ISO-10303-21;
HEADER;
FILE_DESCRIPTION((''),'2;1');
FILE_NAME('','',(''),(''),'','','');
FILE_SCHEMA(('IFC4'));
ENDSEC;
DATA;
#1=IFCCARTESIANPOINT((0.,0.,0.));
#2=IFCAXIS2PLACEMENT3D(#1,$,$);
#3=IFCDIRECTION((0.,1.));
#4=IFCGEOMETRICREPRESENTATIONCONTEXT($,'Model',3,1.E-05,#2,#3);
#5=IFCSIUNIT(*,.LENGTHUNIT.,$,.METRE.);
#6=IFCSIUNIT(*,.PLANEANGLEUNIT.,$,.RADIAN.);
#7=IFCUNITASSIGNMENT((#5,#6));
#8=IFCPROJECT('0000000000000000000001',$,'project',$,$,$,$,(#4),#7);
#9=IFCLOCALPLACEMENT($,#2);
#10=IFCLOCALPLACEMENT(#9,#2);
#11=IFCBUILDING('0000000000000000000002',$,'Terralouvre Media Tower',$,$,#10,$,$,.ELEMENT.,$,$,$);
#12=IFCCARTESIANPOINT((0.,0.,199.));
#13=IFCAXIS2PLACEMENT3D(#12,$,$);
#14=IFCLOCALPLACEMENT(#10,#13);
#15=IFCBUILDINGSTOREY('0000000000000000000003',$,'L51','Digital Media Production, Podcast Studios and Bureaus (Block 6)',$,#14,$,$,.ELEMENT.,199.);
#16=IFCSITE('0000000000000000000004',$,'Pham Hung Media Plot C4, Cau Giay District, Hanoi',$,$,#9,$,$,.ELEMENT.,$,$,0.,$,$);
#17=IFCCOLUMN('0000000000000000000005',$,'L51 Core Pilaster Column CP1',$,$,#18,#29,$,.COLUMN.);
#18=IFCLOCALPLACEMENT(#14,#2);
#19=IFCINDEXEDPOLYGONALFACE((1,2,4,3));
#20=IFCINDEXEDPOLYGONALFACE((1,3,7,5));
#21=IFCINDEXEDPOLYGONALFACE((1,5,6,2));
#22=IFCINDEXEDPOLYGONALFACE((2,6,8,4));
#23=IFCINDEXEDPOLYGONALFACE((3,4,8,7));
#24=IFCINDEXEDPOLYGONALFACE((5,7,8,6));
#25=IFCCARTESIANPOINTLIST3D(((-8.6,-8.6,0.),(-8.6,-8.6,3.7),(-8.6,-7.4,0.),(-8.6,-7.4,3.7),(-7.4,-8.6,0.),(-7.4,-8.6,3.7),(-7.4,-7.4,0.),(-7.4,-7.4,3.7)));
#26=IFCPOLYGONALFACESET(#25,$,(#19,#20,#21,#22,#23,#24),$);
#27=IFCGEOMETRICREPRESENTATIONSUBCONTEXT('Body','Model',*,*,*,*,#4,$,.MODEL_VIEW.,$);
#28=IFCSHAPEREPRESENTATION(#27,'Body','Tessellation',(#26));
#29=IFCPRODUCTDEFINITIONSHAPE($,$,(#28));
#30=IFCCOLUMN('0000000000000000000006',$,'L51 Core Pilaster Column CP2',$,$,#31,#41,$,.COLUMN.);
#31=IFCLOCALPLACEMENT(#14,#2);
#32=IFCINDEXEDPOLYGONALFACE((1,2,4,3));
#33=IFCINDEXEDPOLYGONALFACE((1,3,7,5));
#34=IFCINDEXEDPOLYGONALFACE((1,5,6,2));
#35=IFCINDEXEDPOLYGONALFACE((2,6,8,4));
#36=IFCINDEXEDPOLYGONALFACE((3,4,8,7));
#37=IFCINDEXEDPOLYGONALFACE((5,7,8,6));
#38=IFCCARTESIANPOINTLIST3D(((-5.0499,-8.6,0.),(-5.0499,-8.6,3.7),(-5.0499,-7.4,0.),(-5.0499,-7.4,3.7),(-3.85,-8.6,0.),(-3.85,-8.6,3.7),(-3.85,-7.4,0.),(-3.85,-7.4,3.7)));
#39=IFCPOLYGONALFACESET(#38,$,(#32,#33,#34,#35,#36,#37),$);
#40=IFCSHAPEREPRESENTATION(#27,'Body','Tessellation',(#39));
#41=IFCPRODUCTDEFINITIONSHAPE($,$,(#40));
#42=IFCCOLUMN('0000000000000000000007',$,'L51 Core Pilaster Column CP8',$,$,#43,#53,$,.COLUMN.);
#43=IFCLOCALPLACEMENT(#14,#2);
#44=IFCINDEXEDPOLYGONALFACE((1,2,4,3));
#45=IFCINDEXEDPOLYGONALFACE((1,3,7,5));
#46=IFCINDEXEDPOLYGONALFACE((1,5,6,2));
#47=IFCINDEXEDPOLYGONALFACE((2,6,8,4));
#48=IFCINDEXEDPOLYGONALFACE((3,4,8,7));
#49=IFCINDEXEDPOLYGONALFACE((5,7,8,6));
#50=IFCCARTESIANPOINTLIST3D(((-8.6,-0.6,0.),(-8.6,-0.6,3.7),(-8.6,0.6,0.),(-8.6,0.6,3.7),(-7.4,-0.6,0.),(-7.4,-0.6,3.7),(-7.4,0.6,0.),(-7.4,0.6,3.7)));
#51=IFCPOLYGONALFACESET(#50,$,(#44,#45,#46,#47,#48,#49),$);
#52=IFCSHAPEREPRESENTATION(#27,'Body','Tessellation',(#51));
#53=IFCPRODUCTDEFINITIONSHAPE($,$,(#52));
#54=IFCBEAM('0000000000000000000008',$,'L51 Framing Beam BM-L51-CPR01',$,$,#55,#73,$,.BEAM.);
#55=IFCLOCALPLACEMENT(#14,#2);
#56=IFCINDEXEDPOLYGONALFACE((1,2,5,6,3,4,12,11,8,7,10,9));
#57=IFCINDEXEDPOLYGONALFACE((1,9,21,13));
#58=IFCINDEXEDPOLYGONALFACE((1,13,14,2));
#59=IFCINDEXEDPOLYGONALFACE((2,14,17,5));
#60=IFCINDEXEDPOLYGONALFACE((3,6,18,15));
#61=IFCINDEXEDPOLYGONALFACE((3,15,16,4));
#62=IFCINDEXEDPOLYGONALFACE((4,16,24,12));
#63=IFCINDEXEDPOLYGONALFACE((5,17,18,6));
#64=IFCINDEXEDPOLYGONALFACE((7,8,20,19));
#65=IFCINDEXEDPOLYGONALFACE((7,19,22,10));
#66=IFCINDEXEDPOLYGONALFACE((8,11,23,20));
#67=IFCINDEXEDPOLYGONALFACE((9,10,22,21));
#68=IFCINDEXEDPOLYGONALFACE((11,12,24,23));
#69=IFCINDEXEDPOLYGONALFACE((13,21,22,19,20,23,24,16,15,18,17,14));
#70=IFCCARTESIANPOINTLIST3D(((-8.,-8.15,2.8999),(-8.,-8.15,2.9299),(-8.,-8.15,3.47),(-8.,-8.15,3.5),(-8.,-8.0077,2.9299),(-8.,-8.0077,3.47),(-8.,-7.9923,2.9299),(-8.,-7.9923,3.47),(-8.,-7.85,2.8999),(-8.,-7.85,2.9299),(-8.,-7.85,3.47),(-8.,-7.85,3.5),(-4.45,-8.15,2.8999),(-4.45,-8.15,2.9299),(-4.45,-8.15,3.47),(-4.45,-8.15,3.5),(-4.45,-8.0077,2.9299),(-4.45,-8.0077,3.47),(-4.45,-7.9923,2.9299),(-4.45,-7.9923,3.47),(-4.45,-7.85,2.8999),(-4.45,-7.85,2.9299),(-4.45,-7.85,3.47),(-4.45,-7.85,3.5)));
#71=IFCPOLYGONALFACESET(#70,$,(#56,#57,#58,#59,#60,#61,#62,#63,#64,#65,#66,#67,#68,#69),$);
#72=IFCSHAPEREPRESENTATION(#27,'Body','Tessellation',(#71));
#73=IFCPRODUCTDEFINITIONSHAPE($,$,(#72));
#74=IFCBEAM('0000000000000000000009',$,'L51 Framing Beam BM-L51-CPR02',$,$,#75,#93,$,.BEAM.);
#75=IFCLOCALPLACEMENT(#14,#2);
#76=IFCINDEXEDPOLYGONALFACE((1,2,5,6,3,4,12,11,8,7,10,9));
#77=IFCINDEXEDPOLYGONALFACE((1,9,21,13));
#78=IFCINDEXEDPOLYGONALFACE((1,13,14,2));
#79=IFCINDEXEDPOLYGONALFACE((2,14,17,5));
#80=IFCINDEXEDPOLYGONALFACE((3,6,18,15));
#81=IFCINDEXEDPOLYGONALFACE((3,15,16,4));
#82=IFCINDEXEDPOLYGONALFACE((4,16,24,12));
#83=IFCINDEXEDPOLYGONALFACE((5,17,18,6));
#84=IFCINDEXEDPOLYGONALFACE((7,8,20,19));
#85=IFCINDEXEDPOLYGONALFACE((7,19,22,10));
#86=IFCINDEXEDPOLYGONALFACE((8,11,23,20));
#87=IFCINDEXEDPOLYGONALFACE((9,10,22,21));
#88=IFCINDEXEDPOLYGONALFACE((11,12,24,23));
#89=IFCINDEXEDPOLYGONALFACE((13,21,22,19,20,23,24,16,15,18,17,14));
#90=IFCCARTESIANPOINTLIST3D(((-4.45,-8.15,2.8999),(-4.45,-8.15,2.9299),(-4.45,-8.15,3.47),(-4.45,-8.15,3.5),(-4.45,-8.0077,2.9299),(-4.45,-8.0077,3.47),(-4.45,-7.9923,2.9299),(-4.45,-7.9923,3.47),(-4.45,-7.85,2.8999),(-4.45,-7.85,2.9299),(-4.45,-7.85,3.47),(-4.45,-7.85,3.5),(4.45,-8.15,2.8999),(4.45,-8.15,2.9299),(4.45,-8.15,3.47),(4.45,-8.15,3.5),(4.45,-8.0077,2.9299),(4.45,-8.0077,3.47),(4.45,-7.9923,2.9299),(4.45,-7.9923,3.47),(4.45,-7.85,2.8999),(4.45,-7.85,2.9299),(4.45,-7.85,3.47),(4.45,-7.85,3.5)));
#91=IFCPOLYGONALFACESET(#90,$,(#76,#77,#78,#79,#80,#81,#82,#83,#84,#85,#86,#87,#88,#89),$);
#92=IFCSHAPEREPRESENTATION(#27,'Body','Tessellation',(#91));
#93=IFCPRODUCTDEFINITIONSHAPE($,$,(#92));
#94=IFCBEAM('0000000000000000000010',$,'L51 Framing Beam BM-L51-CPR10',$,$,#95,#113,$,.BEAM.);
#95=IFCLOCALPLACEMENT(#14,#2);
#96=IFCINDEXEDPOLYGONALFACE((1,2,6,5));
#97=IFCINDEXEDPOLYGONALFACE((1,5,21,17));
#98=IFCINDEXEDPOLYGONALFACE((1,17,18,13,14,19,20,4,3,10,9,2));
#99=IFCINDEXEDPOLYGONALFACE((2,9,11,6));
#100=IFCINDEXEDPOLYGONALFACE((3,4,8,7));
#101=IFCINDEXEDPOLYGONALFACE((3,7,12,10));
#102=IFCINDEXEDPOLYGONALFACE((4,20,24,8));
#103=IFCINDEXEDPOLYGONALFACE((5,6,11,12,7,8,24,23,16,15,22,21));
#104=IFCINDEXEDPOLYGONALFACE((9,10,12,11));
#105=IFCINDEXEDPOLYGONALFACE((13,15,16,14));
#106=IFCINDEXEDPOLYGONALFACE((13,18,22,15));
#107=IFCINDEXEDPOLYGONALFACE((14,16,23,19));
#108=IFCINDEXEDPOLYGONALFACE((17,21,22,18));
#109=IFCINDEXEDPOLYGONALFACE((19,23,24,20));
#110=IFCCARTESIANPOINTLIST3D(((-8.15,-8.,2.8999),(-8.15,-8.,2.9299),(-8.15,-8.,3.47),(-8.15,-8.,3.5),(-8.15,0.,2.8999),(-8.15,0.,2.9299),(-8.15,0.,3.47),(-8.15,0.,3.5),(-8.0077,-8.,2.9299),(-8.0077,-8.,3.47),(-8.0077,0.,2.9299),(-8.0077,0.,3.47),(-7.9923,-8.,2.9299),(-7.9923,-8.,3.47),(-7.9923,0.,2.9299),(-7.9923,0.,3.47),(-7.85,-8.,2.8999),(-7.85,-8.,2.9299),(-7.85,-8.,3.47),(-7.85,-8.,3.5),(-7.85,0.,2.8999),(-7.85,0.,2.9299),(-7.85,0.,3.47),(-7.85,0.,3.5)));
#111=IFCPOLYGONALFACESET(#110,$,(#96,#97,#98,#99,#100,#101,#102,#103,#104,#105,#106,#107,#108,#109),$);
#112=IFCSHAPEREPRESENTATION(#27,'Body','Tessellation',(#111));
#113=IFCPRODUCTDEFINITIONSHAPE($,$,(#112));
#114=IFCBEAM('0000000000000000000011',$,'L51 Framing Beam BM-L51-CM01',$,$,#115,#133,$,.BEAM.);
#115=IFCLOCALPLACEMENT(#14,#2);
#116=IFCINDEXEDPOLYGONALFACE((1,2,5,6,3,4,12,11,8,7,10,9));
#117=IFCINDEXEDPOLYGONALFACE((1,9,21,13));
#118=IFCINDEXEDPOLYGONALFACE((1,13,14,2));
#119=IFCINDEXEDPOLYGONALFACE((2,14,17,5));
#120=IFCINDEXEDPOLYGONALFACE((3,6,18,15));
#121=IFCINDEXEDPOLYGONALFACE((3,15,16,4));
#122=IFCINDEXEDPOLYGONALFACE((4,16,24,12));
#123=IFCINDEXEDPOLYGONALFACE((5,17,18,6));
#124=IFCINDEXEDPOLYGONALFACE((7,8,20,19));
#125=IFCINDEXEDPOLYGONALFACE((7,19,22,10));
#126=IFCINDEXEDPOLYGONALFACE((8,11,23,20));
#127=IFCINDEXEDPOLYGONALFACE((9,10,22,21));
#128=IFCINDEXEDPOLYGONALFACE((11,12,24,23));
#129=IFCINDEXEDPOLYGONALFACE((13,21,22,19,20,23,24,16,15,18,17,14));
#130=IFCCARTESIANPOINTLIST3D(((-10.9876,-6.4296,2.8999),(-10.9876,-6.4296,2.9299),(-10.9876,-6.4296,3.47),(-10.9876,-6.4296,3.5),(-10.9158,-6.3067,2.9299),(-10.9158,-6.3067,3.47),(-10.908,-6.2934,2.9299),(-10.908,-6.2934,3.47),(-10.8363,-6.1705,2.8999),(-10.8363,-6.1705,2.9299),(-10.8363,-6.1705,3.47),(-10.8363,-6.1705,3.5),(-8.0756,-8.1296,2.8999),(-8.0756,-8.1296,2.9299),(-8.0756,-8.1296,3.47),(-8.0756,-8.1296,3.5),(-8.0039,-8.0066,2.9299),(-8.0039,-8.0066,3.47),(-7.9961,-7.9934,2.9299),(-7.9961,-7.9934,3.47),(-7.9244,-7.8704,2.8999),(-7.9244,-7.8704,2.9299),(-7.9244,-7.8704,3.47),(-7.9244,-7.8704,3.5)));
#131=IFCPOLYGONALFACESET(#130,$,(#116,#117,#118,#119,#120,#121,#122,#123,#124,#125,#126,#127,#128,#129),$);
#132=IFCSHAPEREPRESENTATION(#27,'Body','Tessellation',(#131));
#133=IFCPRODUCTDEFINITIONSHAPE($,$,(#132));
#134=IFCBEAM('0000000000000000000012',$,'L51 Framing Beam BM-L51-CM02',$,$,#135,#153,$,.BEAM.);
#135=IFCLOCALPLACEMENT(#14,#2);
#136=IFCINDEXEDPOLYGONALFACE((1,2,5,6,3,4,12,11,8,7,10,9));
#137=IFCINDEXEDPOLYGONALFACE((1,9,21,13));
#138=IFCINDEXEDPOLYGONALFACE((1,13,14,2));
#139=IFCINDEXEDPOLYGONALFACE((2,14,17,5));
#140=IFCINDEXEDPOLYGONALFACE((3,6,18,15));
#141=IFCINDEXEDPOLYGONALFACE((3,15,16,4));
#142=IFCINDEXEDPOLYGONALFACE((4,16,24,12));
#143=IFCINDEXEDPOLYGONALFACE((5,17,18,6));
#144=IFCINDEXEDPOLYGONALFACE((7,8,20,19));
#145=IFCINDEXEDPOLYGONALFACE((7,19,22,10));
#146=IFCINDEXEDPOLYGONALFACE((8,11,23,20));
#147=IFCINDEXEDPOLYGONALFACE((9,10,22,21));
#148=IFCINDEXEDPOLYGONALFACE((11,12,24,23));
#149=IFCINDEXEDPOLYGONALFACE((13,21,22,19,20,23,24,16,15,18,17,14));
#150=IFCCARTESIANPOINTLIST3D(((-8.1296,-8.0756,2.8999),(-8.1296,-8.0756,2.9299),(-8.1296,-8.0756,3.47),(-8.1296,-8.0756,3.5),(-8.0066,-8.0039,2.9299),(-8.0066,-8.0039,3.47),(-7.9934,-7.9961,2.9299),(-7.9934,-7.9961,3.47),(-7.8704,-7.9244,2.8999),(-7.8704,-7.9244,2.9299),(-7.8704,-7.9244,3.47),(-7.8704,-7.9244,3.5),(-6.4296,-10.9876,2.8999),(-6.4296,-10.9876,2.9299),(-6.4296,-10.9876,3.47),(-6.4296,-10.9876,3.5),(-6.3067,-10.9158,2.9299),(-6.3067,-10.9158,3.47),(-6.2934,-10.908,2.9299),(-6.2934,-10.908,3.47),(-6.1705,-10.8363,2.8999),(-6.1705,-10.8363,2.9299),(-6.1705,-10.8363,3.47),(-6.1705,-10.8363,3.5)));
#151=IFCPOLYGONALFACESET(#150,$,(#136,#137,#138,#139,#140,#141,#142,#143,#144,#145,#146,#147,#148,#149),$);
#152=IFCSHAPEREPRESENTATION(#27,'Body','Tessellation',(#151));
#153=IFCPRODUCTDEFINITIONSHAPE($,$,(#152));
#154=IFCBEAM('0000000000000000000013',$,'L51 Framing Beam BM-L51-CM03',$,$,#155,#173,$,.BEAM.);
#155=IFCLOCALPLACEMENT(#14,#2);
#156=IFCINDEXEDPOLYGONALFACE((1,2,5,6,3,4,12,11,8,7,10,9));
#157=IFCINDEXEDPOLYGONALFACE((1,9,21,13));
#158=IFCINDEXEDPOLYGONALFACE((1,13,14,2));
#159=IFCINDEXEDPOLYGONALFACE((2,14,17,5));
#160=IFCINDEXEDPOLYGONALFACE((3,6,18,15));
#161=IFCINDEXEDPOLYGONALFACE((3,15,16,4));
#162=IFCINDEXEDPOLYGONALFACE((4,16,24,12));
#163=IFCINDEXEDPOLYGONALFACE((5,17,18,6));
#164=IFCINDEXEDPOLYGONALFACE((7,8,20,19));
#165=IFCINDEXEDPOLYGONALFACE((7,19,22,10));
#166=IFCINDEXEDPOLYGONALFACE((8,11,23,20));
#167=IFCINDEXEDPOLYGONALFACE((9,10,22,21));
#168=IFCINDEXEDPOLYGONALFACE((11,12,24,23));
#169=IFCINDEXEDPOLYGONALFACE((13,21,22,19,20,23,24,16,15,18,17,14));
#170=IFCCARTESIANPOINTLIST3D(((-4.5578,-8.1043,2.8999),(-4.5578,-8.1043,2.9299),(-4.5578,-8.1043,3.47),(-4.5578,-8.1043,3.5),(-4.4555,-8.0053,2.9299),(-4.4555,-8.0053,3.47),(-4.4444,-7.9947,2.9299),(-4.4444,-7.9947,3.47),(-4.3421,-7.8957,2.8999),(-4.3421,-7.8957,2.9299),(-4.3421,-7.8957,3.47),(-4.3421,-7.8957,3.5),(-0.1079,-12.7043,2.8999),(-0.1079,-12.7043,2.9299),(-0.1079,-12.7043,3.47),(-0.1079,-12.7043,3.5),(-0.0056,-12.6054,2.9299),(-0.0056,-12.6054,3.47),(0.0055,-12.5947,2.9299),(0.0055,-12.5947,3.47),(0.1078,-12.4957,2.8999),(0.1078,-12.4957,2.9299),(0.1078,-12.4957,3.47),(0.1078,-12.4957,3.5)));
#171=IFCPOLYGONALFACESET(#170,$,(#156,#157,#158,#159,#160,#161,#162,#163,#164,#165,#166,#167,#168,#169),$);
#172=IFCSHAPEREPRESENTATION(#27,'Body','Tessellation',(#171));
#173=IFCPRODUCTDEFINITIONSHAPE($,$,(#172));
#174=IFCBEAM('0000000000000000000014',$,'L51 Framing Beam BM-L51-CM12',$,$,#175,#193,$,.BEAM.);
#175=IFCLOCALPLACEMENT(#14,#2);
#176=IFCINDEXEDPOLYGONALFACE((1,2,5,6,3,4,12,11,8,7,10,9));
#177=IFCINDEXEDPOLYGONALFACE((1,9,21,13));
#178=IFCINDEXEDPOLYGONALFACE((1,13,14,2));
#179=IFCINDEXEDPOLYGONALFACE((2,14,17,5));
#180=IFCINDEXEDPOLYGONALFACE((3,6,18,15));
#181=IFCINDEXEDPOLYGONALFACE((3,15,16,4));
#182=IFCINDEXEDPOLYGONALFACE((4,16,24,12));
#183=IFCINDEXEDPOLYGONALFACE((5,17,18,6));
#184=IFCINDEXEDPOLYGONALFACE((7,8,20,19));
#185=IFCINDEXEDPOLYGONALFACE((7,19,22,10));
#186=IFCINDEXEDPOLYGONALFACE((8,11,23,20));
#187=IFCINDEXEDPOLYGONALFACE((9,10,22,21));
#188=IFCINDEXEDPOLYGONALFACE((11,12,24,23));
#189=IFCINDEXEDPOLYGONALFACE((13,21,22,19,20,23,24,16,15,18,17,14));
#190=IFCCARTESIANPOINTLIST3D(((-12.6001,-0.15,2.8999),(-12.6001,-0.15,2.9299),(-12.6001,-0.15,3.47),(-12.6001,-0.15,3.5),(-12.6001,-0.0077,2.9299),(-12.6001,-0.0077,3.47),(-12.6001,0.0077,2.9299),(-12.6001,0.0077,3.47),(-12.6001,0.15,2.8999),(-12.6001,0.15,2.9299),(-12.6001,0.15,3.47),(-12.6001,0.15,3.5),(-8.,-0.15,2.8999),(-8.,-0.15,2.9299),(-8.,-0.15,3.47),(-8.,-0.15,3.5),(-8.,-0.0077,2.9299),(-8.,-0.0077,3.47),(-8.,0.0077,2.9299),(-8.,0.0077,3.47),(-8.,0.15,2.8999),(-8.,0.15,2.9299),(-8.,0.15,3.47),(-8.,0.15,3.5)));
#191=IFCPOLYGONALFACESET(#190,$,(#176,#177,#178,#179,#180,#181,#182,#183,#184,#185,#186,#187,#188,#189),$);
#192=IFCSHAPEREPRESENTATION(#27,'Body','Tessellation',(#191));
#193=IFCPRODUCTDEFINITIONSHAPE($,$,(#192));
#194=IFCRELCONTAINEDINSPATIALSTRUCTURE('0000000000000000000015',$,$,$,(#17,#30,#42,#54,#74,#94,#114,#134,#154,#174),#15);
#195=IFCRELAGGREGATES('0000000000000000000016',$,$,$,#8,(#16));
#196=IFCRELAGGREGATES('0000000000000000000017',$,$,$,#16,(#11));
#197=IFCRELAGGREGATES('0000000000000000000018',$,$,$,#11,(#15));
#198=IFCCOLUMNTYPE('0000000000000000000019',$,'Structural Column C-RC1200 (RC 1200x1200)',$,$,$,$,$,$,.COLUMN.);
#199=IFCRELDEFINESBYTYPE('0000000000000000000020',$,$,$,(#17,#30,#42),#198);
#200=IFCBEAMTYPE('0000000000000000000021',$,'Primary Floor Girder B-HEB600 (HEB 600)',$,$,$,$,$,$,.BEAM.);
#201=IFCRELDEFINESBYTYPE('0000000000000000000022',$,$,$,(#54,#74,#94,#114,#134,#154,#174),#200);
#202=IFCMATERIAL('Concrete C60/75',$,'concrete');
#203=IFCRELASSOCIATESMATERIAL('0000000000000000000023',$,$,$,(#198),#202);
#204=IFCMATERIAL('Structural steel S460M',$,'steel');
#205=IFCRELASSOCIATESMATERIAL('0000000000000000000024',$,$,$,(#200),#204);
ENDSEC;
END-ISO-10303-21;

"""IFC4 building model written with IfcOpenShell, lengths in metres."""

from ifc_helpers import new_model, si_unit, direction, frame, origin, origin_2d, place, context, subcontext, project, spatial, rectangle, i_section, extrude, material, material_profile, profile_set, type_object, element, save


model = new_model("IFC4")

# Units and contexts
model_context = context("Model", 3, precision=1e-05, world=origin(), true_north=direction((0.0, 1.0)))
body_context = subcontext(model_context, "Body", "Model", "MODEL_VIEW")
ifc_project = project(units=[si_unit("LENGTHUNIT", "METRE"), si_unit("PLANEANGLEUNIT", "RADIAN")], contexts=[model_context])

# Site, building, storey
site_placement = place(None, origin())
site = spatial("IfcSite", under=ifc_project, at=site_placement, Name="Pham Hung Media Plot C4, Cau Giay District, Hanoi", CompositionType="ELEMENT", RefElevation=0.0)
building_placement = place(site_placement, origin())
building = spatial("IfcBuilding", under=site, at=building_placement, Name="Terralouvre Media Tower", CompositionType="ELEMENT")
storey_placement = place(building_placement, frame((0.0, 0.0, 199.0)))
storey = spatial("IfcBuildingStorey", under=building, at=storey_placement, Name="L51", Description="Digital Media Production, Podcast Studios and Bureaus (Block 6)", CompositionType="ELEMENT", Elevation=199.0)

# Columns
ifc_material_1 = material(Name="Concrete C60/75", Category="concrete")
ifc_material_profile_1 = material_profile(ifc_material_1, rectangle(XDim=1.2, YDim=1.2, at=origin_2d()), Name="RC 1200x1200")
ifc_profile_set_1 = profile_set([ifc_material_profile_1], Name="Concrete C60/75")
column_type = type_object("IfcColumnType", Name="Structural Column C-RC1200 (RC 1200x1200)", PredefinedType="COLUMN", material=ifc_profile_set_1)
for number, where, z_axis, x_axis, name in (
    (1, (-8.0, -8.0, 0.0), (0.0, 0.0, 1.0), (1.0, 0.0, 0.0), "L51 Core Pilaster Column CP1"),
    (2, (-4.45, -8.0, 0.0), (0.0, 0.0, 1.0), (1.0, 0.0, 0.0), "L51 Core Pilaster Column CP2"),
    (3, (-8.0, 0.0, 0.0), (0.0, 0.0, 1.0), (1.0, 0.0, 0.0), "L51 Core Pilaster Column CP8"),
):
    element("IfcColumn", number, at=place(storey_placement, frame(where, z_axis=z_axis, x_axis=x_axis)), inside=storey, type_object=column_type, Name=name, PredefinedType="COLUMN", context=body_context, shape_type="SweptSolid", body=[
        extrude(rectangle(XDim=1.2, YDim=1.2, at=origin_2d()), origin(), (0.0, 0.0, 1.0), 3.7),
    ])

# Beams
ifc_material_2 = material(Name="Structural steel S460M", Category="steel")
ifc_material_profile_2 = material_profile(ifc_material_2, i_section(OverallWidth=0.3, OverallDepth=0.6001, WebThickness=0.0154, FlangeThickness=0.03, at=origin_2d()), Name="HEB 600")
ifc_profile_set_2 = profile_set([ifc_material_profile_2], Name="Structural steel S460M")
beam_type = type_object("IfcBeamType", Name="Primary Floor Girder B-HEB600 (HEB 600)", PredefinedType="BEAM", material=ifc_profile_set_2)
beam_1_placement = place(storey_placement, frame((-8.0, -8.0, 3.2), z_axis=(1.0, 0.0, 0.0), x_axis=(0.0, 1.0, 0.0)))
element("IfcBeam", 4, at=beam_1_placement, inside=storey, type_object=beam_type, Name="L51 Framing Beam BM-L51-CPR01", PredefinedType="BEAM", context=body_context, shape_type="SweptSolid", body=[
    extrude(i_section(OverallWidth=0.3, OverallDepth=0.6001, WebThickness=0.0154, FlangeThickness=0.03, at=origin_2d()), origin(), (0.0, 0.0, 1.0), 3.55),
])
beam_2_placement = place(storey_placement, frame((-4.45, -8.0, 3.2), z_axis=(1.0, 0.0, 0.0), x_axis=(0.0, 1.0, 0.0)))
element("IfcBeam", 5, at=beam_2_placement, inside=storey, type_object=beam_type, Name="L51 Framing Beam BM-L51-CPR02", PredefinedType="BEAM", context=body_context, shape_type="SweptSolid", body=[
    extrude(i_section(OverallWidth=0.3, OverallDepth=0.6001, WebThickness=0.0154, FlangeThickness=0.03, at=origin_2d()), origin(), (0.0, 0.0, 1.0), 8.8999),
])
beam_3_placement = place(storey_placement, frame((-8.0, 0.0, 3.2), z_axis=(0.0, -1.0, 0.0), x_axis=(1.0, 0.0, 0.0)))
element("IfcBeam", 6, at=beam_3_placement, inside=storey, type_object=beam_type, Name="L51 Framing Beam BM-L51-CPR10", PredefinedType="BEAM", context=body_context, shape_type="SweptSolid", body=[
    extrude(i_section(OverallWidth=0.3, OverallDepth=0.6001, WebThickness=0.0154, FlangeThickness=0.03, at=origin_2d()), origin(), (0.0, 0.0, 1.0), 8.0),
])
for number, where, z_axis, x_axis, name in (
    (7, (-8.0, -8.0, 3.2), (-0.863603, 0.504173, 0.0), (-0.504173, -0.863603, 0.0), "L51 Framing Beam BM-L51-CM01"),
    (8, (-8.0, -8.0, 3.2), (0.504173, -0.863603, 0.0), (0.863603, 0.504173, 0.0), "L51 Framing Beam BM-L51-CM02"),
):
    element("IfcBeam", number, at=place(storey_placement, frame(where, z_axis=z_axis, x_axis=x_axis)), inside=storey, type_object=beam_type, Name=name, PredefinedType="BEAM", context=body_context, shape_type="SweptSolid", body=[
        extrude(i_section(OverallWidth=0.3, OverallDepth=0.6001, WebThickness=0.0154, FlangeThickness=0.03, at=origin_2d()), origin(), (0.0, 0.0, 1.0), 3.3718),
    ])
beam_4_placement = place(storey_placement, frame((-4.45, -8.0, 3.2), z_axis=(0.69528, -0.718739, 0.0), x_axis=(0.718739, 0.69528, 0.0)))
element("IfcBeam", 9, at=beam_4_placement, inside=storey, type_object=beam_type, Name="L51 Framing Beam BM-L51-CM03", PredefinedType="BEAM", context=body_context, shape_type="SweptSolid", body=[
    extrude(i_section(OverallWidth=0.3, OverallDepth=0.6001, WebThickness=0.0154, FlangeThickness=0.03, at=origin_2d()), origin(), (0.0, 0.0, 1.0), 6.4001),
])
beam_5_placement = place(storey_placement, frame((-8.0, 0.0, 3.2), z_axis=(-1.0, 0.0, 0.0), x_axis=(0.0, -1.0, 0.0)))
element("IfcBeam", 10, at=beam_5_placement, inside=storey, type_object=beam_type, Name="L51 Framing Beam BM-L51-CM12", PredefinedType="BEAM", context=body_context, shape_type="SweptSolid", body=[
    extrude(i_section(OverallWidth=0.3, OverallDepth=0.6001, WebThickness=0.0154, FlangeThickness=0.03, at=origin_2d()), origin(), (0.0, 0.0, 1.0), 4.6001),
])

save(model, "model.ifc")
